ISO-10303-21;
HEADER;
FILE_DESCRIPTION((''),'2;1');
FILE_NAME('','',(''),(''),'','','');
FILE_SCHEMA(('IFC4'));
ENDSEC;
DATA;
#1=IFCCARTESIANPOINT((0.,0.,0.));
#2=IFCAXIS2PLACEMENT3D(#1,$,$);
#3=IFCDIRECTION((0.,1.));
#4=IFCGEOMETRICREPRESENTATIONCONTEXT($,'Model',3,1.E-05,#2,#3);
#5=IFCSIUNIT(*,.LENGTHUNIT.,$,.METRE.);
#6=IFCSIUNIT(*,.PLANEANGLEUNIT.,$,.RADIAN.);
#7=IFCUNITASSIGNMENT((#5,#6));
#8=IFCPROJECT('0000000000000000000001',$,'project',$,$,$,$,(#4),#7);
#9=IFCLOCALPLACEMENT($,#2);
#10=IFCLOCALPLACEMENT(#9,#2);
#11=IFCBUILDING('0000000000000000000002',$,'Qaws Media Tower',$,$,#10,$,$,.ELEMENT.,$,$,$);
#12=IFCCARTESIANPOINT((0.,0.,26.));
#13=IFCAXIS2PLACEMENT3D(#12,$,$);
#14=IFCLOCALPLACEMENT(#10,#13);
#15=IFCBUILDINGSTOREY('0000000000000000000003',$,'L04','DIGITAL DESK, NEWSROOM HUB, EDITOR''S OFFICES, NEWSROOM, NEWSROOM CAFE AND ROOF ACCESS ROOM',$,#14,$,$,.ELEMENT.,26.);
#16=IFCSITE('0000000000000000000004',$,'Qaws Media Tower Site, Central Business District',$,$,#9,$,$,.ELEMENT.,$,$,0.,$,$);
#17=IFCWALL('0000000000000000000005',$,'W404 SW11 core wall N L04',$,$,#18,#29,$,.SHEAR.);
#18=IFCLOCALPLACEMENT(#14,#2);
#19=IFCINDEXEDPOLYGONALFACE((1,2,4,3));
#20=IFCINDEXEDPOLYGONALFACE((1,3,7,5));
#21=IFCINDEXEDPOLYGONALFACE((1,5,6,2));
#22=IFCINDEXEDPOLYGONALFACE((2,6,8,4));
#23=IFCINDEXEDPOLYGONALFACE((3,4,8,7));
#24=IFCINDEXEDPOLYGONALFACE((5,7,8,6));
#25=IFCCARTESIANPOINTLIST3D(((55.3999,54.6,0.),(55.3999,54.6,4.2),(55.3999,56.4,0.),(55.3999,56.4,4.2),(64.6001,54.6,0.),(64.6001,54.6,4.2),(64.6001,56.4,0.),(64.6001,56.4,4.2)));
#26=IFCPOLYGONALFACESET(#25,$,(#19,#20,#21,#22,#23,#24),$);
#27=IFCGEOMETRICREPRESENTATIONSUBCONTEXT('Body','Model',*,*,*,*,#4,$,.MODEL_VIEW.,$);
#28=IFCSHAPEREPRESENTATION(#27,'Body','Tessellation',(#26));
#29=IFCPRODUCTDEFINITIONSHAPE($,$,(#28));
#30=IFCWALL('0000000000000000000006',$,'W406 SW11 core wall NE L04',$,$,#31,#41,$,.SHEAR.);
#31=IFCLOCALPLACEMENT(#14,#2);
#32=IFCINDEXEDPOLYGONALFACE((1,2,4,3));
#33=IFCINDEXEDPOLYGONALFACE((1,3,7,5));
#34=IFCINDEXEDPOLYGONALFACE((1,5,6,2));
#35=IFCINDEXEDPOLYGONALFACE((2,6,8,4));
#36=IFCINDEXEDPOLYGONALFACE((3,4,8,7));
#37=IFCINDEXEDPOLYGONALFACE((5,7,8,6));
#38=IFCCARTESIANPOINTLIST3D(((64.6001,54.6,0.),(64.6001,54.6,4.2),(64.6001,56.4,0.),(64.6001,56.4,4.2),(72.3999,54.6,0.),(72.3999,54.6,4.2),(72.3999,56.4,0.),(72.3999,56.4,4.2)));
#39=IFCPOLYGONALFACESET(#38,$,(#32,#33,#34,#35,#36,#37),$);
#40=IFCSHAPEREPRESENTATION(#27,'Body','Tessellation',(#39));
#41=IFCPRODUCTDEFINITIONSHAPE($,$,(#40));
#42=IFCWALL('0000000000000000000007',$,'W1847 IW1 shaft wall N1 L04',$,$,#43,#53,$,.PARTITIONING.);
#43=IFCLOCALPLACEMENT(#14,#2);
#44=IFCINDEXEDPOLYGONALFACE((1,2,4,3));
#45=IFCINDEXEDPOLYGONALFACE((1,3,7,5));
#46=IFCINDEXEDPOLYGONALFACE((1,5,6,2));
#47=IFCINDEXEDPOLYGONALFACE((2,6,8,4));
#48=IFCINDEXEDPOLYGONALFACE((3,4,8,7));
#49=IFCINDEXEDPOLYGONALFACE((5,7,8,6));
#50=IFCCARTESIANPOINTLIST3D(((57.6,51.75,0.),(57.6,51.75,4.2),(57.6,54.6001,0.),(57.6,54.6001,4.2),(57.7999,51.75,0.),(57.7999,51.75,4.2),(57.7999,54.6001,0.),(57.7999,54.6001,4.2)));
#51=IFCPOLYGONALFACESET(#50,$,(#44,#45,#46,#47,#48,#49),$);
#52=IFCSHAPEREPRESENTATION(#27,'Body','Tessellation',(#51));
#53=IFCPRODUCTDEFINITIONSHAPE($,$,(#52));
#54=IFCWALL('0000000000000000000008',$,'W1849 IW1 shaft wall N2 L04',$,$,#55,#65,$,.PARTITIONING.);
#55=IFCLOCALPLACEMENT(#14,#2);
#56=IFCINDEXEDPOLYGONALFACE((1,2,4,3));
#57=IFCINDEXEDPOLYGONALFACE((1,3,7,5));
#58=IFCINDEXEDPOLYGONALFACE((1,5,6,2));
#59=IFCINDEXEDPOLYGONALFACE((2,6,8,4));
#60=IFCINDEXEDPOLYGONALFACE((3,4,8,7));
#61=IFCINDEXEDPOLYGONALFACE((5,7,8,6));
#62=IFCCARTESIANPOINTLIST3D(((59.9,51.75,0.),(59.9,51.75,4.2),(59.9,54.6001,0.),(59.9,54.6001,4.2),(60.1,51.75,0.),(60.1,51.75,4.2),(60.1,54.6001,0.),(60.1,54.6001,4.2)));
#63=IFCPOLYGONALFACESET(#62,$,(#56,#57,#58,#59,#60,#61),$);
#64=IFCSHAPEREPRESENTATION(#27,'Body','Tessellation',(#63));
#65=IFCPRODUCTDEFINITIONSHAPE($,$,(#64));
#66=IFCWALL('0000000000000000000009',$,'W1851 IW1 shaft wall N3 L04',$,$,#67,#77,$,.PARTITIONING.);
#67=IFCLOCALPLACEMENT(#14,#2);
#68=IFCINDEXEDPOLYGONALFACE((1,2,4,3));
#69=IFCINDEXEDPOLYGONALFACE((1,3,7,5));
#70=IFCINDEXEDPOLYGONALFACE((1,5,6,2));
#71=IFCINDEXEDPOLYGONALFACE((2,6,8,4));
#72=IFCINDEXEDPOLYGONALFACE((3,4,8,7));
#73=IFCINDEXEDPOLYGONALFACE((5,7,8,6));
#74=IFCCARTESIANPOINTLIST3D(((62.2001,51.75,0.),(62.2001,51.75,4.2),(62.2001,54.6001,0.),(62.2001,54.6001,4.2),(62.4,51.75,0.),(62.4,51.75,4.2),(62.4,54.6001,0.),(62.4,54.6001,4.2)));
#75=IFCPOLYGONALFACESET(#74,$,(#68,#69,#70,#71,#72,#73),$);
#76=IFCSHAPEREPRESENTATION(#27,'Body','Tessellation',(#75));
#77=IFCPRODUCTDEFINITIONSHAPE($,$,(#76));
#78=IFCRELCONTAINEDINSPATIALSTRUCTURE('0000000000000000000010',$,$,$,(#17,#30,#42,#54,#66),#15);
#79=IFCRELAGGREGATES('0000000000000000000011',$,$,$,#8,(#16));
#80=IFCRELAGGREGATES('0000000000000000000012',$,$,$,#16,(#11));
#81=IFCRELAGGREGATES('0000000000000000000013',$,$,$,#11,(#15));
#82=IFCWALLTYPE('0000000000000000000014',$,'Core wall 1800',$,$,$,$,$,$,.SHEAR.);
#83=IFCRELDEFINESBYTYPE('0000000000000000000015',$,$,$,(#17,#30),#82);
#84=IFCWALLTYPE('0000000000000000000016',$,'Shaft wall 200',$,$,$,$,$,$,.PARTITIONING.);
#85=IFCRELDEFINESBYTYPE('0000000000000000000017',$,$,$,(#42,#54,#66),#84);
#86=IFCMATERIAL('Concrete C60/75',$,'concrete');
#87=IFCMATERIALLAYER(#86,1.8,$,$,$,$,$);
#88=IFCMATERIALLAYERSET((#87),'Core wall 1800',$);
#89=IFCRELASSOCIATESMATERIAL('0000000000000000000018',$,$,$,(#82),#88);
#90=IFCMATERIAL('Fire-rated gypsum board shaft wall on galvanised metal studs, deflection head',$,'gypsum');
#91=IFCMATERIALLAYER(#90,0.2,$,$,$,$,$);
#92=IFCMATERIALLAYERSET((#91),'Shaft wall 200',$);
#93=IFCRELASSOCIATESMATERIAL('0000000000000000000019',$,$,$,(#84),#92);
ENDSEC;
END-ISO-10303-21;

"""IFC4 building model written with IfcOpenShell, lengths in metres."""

from ifc_helpers import new_model, si_unit, direction, frame, frame_2d, origin, place, context, subcontext, project, spatial, rectangle, extrude, material, layer, layer_set, type_object, element, save


model = new_model("IFC4")

# Units and contexts
model_context = context("Model", 3, precision=1e-05, world=origin(), true_north=direction((0.0, 1.0)))
body_context = subcontext(model_context, "Body", "Model", "MODEL_VIEW")
ifc_project = project(units=[si_unit("LENGTHUNIT", "METRE"), si_unit("PLANEANGLEUNIT", "RADIAN")], contexts=[model_context])

# Site, building, storey
site_placement = place(None, origin())
site = spatial("IfcSite", under=ifc_project, at=site_placement, Name="Qaws Media Tower Site, Central Business District", CompositionType="ELEMENT", RefElevation=0.0)
building_placement = place(site_placement, origin())
building = spatial("IfcBuilding", under=site, at=building_placement, Name="Qaws Media Tower", CompositionType="ELEMENT")
storey_placement = place(building_placement, frame((0.0, 0.0, 26.0)))
storey = spatial("IfcBuildingStorey", under=building, at=storey_placement, Name="L04", Description="DIGITAL DESK, NEWSROOM HUB, EDITOR'S OFFICES, NEWSROOM, NEWSROOM CAFE AND ROOF ACCESS ROOM", CompositionType="ELEMENT", Elevation=26.0)

# Walls
ifc_material_1 = material(Name="Concrete C60/75", Category="concrete")
ifc_layer_1 = layer(ifc_material_1, 1.8)
ifc_layer_set_1 = layer_set([ifc_layer_1], Name="Core wall 1800")
wall_type_1 = type_object("IfcWallType", Name="Core wall 1800", PredefinedType="SHEAR", material=ifc_layer_set_1)
wall_1_placement = place(storey_placement, frame((55.3999, 55.5, 0.0), z_axis=(0.0, 0.0, 1.0), x_axis=(1.0, 0.0, 0.0)))
element("IfcWall", 1, at=wall_1_placement, inside=storey, type_object=wall_type_1, Name="W404 SW11 core wall N L04", PredefinedType="SHEAR", context=body_context, shape_type="SweptSolid", body=[
    extrude(rectangle(XDim=9.2002, YDim=1.8, at=frame_2d((4.6001, 0.0))), origin(), (0.0, 0.0, 1.0), 4.2),
])
wall_2_placement = place(storey_placement, frame((64.6001, 55.5, 0.0), z_axis=(0.0, 0.0, 1.0), x_axis=(1.0, 0.0, 0.0)))
element("IfcWall", 2, at=wall_2_placement, inside=storey, type_object=wall_type_1, Name="W406 SW11 core wall NE L04", PredefinedType="SHEAR", context=body_context, shape_type="SweptSolid", body=[
    extrude(rectangle(XDim=7.7998, YDim=1.8, at=frame_2d((3.8999, 0.0))), origin(), (0.0, 0.0, 1.0), 4.2),
])
ifc_material_2 = material(Name="Fire-rated gypsum board shaft wall on galvanised metal studs, deflection head", Category="gypsum")
ifc_layer_2 = layer(ifc_material_2, 0.2)
ifc_layer_set_2 = layer_set([ifc_layer_2], Name="Shaft wall 200")
wall_type_2 = type_object("IfcWallType", Name="Shaft wall 200", PredefinedType="PARTITIONING", material=ifc_layer_set_2)
for number, where, z_axis, x_axis, name in (
    (3, (57.7, 51.75, 0.0), (0.0, 0.0, 1.0), (0.0, 1.0, 0.0), "W1847 IW1 shaft wall N1 L04"),
    (4, (60.0, 51.75, 0.0), (0.0, 0.0, 1.0), (0.0, 1.0, 0.0), "W1849 IW1 shaft wall N2 L04"),
    (5, (62.3, 51.75, 0.0), (0.0, 0.0, 1.0), (0.0, 1.0, 0.0), "W1851 IW1 shaft wall N3 L04"),
):
    element("IfcWall", number, at=place(storey_placement, frame(where, z_axis=z_axis, x_axis=x_axis)), inside=storey, type_object=wall_type_2, Name=name, PredefinedType="PARTITIONING", context=body_context, shape_type="SweptSolid", body=[
        extrude(rectangle(XDim=2.8501, YDim=0.2, at=frame_2d((1.425, 0.0))), origin(), (0.0, 0.0, 1.0), 4.2),
    ])

save(model, "model.ifc")
